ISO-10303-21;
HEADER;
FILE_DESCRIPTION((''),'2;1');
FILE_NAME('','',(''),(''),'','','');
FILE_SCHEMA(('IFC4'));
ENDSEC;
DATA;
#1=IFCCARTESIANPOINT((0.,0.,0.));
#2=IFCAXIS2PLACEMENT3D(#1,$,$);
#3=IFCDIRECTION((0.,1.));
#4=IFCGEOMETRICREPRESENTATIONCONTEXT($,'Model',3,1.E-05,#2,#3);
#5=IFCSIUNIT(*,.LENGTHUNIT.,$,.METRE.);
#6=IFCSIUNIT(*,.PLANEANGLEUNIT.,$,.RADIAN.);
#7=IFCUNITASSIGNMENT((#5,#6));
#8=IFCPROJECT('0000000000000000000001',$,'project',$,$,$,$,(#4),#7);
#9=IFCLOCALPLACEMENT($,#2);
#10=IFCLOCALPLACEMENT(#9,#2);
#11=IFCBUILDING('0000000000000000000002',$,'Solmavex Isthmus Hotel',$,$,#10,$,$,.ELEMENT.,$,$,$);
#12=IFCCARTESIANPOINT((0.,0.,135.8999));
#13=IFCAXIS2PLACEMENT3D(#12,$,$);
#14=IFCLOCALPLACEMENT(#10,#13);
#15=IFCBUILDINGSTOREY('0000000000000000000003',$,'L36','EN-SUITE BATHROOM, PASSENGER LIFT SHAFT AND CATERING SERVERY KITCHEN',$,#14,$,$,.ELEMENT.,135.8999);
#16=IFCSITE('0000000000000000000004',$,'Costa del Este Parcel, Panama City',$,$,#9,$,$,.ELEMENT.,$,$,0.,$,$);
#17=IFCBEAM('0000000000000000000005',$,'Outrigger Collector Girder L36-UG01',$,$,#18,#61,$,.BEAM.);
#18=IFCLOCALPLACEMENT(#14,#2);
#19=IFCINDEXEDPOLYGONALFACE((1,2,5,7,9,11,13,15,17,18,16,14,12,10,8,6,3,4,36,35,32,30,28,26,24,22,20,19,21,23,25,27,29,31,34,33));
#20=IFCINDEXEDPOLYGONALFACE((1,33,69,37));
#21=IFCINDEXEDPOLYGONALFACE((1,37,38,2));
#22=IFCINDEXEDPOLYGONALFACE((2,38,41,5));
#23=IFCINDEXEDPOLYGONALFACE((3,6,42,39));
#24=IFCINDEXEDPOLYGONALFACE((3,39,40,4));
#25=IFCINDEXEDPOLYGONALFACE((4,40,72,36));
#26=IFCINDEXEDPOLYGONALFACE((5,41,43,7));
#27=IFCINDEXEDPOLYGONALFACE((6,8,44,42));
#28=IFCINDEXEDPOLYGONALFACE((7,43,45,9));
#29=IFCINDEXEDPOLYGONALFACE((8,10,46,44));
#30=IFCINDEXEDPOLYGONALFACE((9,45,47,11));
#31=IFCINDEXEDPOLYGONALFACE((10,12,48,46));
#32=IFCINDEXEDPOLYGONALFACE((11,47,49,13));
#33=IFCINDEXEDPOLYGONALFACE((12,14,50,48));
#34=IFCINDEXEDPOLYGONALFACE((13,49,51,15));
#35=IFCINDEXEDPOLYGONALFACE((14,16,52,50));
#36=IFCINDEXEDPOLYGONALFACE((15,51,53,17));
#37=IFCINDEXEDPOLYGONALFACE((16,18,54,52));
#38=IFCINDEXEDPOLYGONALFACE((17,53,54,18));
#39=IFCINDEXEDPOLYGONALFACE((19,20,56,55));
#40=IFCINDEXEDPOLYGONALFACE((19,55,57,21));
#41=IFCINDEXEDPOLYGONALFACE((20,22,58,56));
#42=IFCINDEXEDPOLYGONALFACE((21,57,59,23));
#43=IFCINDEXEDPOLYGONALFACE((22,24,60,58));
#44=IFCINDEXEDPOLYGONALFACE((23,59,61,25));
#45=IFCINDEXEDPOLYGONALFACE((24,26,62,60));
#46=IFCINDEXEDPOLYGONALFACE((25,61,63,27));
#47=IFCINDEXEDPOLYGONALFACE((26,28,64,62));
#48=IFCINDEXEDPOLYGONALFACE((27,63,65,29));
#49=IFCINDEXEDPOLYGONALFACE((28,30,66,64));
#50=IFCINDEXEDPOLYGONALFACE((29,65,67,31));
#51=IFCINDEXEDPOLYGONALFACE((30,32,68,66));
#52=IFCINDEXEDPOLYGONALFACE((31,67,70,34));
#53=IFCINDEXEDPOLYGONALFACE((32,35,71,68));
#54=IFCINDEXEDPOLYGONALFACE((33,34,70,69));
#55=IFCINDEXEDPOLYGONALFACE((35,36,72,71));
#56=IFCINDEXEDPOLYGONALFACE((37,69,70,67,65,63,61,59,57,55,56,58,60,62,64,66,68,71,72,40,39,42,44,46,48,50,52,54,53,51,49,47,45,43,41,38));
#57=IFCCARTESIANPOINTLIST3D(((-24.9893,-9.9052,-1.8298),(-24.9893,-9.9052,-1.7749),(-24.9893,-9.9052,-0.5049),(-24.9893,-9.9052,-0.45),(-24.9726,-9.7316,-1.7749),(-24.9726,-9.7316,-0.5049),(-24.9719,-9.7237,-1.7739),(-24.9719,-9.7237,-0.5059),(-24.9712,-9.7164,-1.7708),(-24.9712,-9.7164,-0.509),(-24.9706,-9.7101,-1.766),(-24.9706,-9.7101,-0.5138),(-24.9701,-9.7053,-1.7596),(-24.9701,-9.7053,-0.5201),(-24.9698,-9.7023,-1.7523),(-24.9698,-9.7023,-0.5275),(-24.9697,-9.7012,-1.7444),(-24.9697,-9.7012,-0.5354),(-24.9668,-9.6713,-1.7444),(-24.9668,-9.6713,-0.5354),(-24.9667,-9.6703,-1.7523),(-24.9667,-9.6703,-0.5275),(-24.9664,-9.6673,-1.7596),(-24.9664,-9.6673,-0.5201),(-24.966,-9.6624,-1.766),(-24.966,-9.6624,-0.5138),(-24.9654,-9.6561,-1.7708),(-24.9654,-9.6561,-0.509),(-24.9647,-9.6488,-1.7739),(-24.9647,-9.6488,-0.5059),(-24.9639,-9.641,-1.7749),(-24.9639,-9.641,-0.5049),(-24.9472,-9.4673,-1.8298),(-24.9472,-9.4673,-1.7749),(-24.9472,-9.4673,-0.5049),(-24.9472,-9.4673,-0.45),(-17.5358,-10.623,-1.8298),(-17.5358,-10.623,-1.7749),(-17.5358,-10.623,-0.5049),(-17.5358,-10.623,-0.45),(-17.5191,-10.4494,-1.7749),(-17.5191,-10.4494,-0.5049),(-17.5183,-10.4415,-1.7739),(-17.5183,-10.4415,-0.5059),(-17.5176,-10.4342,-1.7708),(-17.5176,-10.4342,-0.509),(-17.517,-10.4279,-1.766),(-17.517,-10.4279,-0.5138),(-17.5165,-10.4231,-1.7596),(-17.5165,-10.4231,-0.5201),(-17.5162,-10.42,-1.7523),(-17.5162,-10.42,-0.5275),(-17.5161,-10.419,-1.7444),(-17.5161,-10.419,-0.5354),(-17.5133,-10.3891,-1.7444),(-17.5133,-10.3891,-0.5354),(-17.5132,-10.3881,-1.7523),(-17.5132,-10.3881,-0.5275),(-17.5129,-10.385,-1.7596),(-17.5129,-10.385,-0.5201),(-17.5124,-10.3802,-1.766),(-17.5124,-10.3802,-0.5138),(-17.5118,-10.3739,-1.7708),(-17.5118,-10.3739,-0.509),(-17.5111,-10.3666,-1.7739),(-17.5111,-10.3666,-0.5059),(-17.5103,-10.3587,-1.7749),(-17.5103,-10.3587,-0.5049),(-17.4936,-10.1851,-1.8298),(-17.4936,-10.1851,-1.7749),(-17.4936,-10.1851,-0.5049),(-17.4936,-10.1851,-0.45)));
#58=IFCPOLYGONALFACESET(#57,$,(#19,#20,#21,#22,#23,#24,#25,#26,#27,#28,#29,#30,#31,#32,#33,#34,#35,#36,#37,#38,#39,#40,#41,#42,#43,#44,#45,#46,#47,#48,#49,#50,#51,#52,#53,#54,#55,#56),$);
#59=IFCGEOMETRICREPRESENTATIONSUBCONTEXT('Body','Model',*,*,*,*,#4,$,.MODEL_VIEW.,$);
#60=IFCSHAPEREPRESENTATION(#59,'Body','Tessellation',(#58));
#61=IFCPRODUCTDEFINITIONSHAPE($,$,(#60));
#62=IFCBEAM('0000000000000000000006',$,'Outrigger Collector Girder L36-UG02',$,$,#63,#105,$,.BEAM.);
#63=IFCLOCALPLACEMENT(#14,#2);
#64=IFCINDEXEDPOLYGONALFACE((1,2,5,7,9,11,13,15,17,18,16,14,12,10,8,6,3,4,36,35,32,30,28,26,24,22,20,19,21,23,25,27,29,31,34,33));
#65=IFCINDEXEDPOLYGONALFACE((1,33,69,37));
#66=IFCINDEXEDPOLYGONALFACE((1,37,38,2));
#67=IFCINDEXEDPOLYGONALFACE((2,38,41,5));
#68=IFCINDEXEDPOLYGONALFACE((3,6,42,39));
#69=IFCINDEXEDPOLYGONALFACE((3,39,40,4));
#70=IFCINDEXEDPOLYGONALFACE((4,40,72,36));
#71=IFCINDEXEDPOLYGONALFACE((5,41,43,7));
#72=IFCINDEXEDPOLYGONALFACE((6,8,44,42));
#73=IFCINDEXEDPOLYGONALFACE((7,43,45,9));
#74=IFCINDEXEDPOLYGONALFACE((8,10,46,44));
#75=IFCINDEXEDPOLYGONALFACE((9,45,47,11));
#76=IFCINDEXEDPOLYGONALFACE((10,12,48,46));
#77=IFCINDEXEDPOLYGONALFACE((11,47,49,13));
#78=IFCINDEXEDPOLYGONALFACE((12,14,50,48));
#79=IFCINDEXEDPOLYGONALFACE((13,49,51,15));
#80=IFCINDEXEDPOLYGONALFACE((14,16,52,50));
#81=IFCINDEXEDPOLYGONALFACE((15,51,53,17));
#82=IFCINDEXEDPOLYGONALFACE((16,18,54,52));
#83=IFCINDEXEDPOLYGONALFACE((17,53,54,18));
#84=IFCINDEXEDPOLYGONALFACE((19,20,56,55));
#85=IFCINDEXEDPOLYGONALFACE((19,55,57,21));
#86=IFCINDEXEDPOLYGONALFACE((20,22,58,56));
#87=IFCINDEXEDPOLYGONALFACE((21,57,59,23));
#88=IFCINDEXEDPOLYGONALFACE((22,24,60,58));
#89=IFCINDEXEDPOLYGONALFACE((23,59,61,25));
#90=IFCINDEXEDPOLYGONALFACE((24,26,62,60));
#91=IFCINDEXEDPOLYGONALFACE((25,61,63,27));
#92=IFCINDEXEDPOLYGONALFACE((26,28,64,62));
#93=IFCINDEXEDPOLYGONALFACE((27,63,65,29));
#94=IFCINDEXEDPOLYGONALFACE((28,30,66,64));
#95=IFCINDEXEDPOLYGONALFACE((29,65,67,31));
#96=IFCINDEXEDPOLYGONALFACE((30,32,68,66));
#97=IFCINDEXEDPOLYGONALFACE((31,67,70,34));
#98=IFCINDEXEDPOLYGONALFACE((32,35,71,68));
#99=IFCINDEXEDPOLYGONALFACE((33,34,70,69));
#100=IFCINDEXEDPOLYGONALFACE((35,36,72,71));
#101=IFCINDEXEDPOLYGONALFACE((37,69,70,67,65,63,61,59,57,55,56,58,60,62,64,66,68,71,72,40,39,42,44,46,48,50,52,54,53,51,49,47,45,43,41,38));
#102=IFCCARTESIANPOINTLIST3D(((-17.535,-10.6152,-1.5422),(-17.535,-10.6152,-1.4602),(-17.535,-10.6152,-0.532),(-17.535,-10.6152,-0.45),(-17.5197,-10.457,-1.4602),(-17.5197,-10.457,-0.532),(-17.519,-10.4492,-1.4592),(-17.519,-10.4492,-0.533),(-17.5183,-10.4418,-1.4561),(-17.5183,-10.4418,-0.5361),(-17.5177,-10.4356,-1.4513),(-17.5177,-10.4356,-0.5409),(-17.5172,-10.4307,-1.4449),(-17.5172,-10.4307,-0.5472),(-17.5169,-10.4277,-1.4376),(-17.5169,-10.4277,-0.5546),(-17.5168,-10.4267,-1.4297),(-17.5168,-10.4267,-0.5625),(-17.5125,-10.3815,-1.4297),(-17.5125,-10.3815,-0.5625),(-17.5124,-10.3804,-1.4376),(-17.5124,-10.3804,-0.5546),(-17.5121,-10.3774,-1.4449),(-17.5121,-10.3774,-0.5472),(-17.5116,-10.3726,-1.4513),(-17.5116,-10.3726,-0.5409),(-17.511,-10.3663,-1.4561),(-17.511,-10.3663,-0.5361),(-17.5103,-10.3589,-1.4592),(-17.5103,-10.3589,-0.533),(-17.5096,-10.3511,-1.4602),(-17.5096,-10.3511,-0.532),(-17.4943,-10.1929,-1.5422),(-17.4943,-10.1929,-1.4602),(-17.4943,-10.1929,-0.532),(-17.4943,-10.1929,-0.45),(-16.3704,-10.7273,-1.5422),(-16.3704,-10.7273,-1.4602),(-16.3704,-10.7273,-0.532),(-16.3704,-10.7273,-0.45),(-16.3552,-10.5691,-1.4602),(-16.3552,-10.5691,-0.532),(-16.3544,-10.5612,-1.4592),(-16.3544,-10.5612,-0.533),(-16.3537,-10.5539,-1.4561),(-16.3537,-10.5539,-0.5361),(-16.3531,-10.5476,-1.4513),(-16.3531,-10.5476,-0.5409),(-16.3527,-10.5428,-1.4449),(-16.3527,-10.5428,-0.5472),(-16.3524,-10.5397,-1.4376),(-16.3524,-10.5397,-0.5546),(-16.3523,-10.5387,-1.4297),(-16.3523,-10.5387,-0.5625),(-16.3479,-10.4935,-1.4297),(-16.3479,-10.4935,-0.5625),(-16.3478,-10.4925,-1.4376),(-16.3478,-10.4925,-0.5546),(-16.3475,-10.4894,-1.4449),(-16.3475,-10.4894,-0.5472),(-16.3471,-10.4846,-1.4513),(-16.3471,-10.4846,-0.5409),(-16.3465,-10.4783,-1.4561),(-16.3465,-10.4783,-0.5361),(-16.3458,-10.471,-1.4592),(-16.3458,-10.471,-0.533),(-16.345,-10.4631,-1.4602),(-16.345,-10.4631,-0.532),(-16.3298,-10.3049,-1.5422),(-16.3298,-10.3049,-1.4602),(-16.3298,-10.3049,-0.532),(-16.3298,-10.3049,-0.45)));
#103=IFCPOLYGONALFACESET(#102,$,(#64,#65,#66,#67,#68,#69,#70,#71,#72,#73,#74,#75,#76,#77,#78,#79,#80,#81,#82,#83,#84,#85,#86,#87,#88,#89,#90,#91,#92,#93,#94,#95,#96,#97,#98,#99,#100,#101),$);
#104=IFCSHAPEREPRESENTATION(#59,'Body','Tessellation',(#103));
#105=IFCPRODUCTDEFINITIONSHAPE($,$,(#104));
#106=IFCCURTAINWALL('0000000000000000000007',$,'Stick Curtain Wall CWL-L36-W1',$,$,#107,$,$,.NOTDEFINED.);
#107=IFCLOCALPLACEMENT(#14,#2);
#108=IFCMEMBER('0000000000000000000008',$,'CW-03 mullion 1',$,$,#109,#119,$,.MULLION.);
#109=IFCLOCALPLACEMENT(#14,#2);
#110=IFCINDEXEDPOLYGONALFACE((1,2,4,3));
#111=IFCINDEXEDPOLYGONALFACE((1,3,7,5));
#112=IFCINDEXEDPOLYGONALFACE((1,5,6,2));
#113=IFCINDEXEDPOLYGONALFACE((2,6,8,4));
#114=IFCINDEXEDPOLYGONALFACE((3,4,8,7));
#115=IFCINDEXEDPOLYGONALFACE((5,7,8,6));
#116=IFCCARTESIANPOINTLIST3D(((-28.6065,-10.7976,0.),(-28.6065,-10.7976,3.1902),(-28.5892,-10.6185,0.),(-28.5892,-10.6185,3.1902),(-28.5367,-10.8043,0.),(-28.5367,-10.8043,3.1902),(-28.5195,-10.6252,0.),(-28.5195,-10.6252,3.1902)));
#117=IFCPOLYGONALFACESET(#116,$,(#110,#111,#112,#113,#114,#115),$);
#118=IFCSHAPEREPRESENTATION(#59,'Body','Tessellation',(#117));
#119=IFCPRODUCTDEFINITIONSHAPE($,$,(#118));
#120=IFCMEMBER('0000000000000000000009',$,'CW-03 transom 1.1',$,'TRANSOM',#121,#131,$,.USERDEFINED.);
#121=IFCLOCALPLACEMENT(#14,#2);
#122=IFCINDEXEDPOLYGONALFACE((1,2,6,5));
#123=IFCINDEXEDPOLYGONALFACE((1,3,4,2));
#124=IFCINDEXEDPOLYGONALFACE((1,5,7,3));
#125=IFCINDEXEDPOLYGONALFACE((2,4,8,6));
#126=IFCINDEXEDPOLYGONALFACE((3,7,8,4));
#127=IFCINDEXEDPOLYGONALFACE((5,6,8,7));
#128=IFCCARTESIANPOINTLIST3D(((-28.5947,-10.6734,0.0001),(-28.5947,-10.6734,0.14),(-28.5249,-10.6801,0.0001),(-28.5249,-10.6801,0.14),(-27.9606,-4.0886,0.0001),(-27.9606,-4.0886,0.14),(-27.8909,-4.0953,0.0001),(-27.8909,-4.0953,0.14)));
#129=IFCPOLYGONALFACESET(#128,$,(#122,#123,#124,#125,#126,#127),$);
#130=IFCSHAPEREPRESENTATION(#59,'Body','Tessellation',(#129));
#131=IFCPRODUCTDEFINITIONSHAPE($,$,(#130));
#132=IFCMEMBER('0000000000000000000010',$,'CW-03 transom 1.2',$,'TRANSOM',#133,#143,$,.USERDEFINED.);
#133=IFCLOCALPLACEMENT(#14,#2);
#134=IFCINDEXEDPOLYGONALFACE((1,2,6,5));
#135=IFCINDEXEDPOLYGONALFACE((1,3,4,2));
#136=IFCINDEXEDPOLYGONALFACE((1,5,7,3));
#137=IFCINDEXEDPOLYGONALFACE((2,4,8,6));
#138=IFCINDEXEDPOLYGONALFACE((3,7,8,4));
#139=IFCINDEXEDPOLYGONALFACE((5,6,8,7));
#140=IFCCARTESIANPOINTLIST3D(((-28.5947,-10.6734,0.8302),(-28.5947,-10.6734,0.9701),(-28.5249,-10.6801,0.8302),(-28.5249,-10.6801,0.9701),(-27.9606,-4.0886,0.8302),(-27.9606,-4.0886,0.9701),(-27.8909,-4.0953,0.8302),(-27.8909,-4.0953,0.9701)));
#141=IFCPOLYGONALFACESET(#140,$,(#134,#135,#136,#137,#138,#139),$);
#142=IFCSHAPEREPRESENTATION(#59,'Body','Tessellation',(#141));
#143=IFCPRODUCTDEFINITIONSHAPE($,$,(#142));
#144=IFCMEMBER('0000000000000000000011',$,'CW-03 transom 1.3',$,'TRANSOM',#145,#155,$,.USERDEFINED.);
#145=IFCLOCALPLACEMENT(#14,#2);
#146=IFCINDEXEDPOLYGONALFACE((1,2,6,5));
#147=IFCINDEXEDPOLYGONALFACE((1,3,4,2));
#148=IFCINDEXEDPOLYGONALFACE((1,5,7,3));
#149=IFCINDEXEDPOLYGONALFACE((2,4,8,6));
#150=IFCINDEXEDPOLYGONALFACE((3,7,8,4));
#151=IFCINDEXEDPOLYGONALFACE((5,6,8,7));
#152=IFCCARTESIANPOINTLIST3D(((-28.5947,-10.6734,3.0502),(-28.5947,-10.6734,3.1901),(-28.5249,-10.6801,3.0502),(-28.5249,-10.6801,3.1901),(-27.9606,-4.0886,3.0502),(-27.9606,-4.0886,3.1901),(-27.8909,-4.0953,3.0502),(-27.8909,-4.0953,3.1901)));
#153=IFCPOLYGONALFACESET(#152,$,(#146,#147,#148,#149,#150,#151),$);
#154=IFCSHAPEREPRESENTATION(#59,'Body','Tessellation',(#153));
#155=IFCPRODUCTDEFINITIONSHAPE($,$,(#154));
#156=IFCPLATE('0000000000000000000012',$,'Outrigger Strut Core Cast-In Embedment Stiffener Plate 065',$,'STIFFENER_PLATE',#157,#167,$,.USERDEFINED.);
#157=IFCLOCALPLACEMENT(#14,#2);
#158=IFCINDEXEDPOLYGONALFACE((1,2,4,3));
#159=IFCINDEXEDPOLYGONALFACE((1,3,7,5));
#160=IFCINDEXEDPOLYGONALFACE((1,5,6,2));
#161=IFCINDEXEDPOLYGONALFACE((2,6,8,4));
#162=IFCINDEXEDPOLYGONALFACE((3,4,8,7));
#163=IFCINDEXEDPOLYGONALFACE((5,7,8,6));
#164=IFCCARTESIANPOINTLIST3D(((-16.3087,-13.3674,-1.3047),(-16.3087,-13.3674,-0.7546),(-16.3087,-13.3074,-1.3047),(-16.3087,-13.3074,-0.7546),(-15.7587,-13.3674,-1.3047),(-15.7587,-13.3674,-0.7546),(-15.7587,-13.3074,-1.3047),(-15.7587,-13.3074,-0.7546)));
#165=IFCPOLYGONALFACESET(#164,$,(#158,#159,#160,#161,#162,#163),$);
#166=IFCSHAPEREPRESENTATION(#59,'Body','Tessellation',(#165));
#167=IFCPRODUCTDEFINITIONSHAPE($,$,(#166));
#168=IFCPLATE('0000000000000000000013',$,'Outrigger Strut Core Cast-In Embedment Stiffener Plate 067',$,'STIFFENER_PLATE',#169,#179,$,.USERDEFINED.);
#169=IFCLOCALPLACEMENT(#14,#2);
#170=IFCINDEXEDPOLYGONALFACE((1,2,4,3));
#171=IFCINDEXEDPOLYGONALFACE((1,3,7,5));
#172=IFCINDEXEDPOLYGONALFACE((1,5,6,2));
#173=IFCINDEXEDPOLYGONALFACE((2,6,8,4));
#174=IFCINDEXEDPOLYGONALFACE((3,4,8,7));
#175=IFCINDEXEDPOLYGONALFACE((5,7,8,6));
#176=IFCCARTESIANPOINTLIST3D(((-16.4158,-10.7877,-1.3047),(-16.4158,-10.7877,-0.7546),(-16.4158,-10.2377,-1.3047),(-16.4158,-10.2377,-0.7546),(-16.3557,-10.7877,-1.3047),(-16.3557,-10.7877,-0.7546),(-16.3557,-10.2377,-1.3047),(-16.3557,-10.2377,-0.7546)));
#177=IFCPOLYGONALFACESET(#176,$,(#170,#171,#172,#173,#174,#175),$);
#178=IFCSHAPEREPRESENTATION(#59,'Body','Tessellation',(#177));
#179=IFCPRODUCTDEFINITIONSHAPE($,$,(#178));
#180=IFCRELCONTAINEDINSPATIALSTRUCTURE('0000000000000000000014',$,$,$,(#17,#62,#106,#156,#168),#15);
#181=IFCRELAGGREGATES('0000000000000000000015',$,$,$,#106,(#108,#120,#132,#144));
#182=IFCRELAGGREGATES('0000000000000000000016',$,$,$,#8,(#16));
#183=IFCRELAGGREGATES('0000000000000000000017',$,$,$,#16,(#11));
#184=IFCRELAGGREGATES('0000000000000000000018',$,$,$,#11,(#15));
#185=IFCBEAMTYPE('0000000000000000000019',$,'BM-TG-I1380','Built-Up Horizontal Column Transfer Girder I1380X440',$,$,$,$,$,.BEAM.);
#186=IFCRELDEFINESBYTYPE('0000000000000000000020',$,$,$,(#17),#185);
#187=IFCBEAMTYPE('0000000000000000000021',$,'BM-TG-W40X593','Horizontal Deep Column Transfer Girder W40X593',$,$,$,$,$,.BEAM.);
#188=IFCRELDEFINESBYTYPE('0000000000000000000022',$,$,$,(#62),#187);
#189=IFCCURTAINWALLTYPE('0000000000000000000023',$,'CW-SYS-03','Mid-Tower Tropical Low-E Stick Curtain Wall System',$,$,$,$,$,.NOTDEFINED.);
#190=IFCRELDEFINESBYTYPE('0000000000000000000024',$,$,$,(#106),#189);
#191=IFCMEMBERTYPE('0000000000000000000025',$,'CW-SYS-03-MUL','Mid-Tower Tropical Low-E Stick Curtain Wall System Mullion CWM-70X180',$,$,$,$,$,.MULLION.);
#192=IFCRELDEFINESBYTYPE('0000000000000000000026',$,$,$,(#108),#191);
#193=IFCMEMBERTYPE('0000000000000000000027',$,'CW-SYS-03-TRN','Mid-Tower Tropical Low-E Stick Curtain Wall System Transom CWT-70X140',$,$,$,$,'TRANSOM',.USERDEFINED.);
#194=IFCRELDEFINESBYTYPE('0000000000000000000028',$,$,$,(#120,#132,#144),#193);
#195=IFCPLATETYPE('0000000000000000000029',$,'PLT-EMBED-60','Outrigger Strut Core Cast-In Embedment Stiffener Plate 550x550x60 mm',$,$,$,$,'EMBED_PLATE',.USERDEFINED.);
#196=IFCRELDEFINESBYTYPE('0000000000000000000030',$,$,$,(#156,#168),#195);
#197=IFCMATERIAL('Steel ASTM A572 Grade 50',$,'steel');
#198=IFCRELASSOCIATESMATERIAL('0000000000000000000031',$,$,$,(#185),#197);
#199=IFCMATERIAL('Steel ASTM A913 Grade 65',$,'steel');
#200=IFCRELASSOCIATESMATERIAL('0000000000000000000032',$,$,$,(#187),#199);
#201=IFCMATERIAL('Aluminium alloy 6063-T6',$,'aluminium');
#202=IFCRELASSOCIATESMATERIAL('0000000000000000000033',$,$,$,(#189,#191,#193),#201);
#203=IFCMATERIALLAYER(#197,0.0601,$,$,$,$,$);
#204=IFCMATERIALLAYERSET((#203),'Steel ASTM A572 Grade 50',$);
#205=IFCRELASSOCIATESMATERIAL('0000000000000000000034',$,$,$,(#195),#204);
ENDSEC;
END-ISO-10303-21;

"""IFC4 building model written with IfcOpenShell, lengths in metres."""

from ifc_helpers import new_model, si_unit, direction, frame, origin, origin_2d, place, context, subcontext, project, spatial, rectangle, i_section, extrude, material, layer, layer_set, material_profile, profile_set, type_object, element, aggregate, save


model = new_model("IFC4")

# Units and contexts
model_context = context("Model", 3, precision=1e-05, world=origin(), true_north=direction((0.0, 1.0)))
body_context = subcontext(model_context, "Body", "Model", "MODEL_VIEW")
ifc_project = project(units=[si_unit("LENGTHUNIT", "METRE"), si_unit("PLANEANGLEUNIT", "RADIAN")], contexts=[model_context])

# Site, building, storey
site_placement = place(None, origin())
site = spatial("IfcSite", under=ifc_project, at=site_placement, Name="Costa del Este Parcel, Panama City", CompositionType="ELEMENT", RefElevation=0.0)
building_placement = place(site_placement, origin())
building = spatial("IfcBuilding", under=site, at=building_placement, Name="Solmavex Isthmus Hotel", CompositionType="ELEMENT")
storey_placement = place(building_placement, frame((0.0, 0.0, 135.8999)))
storey = spatial("IfcBuildingStorey", under=building, at=storey_placement, Name="L36", Description="EN-SUITE BATHROOM, PASSENGER LIFT SHAFT AND CATERING SERVERY KITCHEN", CompositionType="ELEMENT", Elevation=135.8999)

# Shared definitions
ifc_material_1 = material(Name="Steel ASTM A913 Grade 65", Category="steel")

# Beams
ifc_material_2 = material(Name="Steel ASTM A572 Grade 50", Category="steel")
ifc_material_profile_1 = material_profile(ifc_material_2, i_section(OverallWidth=0.4399, OverallDepth=1.3799, WebThickness=0.03, FlangeThickness=0.0549, FilletRadius=0.0305, at=origin_2d()), Name="I1380X440")
ifc_profile_set_1 = profile_set([ifc_material_profile_1], Name="Steel ASTM A572 Grade 50")
beam_type_1 = type_object("IfcBeamType", Name="BM-TG-I1380", Description="Built-Up Horizontal Column Transfer Girder I1380X440", PredefinedType="BEAM", material=ifc_profile_set_1)
beam_1_placement = place(storey_placement, frame((-24.9683, -9.6863, -1.1399), z_axis=(0.995395, -0.095855, 0.0), x_axis=(0.095855, 0.995395, 0.0)))
element("IfcBeam", 1, at=beam_1_placement, inside=storey, type_object=beam_type_1, Name="Outrigger Collector Girder L36-UG01", PredefinedType="BEAM", context=body_context, shape_type="SweptSolid", body=[
    extrude(i_section(OverallWidth=0.4399, OverallDepth=1.3799, WebThickness=0.03, FlangeThickness=0.0549, FilletRadius=0.0305, at=origin_2d()), origin(), (0.0, 0.0, 1.0), 7.488),
])
ifc_material_profile_2 = material_profile(ifc_material_1, i_section(OverallWidth=0.4243, OverallDepth=1.0923, WebThickness=0.0454, FlangeThickness=0.082, FilletRadius=0.0305, at=origin_2d()), Name="W40X593")
ifc_profile_set_2 = profile_set([ifc_material_profile_2], Name="Steel ASTM A913 Grade 65")
beam_type_2 = type_object("IfcBeamType", Name="BM-TG-W40X593", Description="Horizontal Deep Column Transfer Girder W40X593", PredefinedType="BEAM", material=ifc_profile_set_2)
beam_2_placement = place(storey_placement, frame((-17.5146, -10.4041, -0.9961), z_axis=(0.995402, -0.095784, 0.0), x_axis=(0.095784, 0.995402, 0.0)))
element("IfcBeam", 2, at=beam_2_placement, inside=storey, type_object=beam_type_2, Name="Outrigger Collector Girder L36-UG02", PredefinedType="BEAM", context=body_context, shape_type="SweptSolid", body=[
    extrude(i_section(OverallWidth=0.4243, OverallDepth=1.0923, WebThickness=0.0454, FlangeThickness=0.082, FilletRadius=0.0305, at=origin_2d()), origin(), (0.0, 0.0, 1.0), 1.1699),
])

# Curtain wall, members
ifc_material_3 = material(Name="Aluminium alloy 6063-T6", Category="aluminium")
curtain_wall_type = type_object("IfcCurtainWallType", Name="CW-SYS-03", Description="Mid-Tower Tropical Low-E Stick Curtain Wall System", PredefinedType="NOTDEFINED", material=ifc_material_3)
curtain_wall_placement = place(storey_placement, origin())
curtain_wall = element("IfcCurtainWall", 3, at=curtain_wall_placement, inside=storey, type_object=curtain_wall_type, Name="Stick Curtain Wall CWL-L36-W1", PredefinedType="NOTDEFINED")
ifc_material_profile_3 = material_profile(ifc_material_3, rectangle(XDim=0.0701, YDim=0.1799, at=origin_2d()), Name="CWM-70X180")
ifc_profile_set_3 = profile_set([ifc_material_profile_3], Name="Aluminium alloy 6063-T6")
member_type_1 = type_object("IfcMemberType", Name="CW-SYS-03-MUL", Description="Mid-Tower Tropical Low-E Stick Curtain Wall System Mullion CWM-70X180", PredefinedType="MULLION", material=ifc_profile_set_3)
member_1_placement = place(storey_placement, frame((-28.563, -10.7114, 0.0), z_axis=(0.0, 0.0, 1.0), x_axis=(-0.995396, 0.095846, 0.0)))
member_1 = element("IfcMember", 4, at=member_1_placement, type_object=member_type_1, Name="CW-03 mullion 1", PredefinedType="MULLION", context=body_context, shape_type="SweptSolid", body=[
    extrude(rectangle(XDim=0.0701, YDim=0.1799, at=origin_2d()), origin(), (0.0, 0.0, 1.0), 3.1902),
])
ifc_material_profile_4 = material_profile(ifc_material_3, rectangle(XDim=0.0701, YDim=0.1399, at=origin_2d()), Name="CWT-70X140")
ifc_profile_set_4 = profile_set([ifc_material_profile_4], Name="Aluminium alloy 6063-T6")
member_type_2 = type_object("IfcMemberType", Name="CW-SYS-03-TRN", Description="Mid-Tower Tropical Low-E Stick Curtain Wall System Transom CWT-70X140", ElementType="TRANSOM", PredefinedType="USERDEFINED", material=ifc_profile_set_4)
member_2_placement = place(storey_placement, frame((-28.5598, -10.6768, 0.0701), z_axis=(0.095845, 0.995396, 0.0), x_axis=(-0.995396, 0.095845, 0.0)))
member_2 = element("IfcMember", 5, at=member_2_placement, type_object=member_type_2, Name="CW-03 transom 1.1", ObjectType="TRANSOM", PredefinedType="USERDEFINED", context=body_context, shape_type="SweptSolid", body=[
    extrude(rectangle(XDim=0.0701, YDim=0.1399, at=origin_2d()), origin(), (0.0, 0.0, 1.0), 6.6152),
])
member_3_placement = place(storey_placement, frame((-28.5598, -10.6768, 0.9001), z_axis=(0.095845, 0.995396, 0.0), x_axis=(-0.995396, 0.095845, 0.0)))
member_3 = element("IfcMember", 6, at=member_3_placement, type_object=member_type_2, Name="CW-03 transom 1.2", ObjectType="TRANSOM", PredefinedType="USERDEFINED", context=body_context, shape_type="SweptSolid", body=[
    extrude(rectangle(XDim=0.0701, YDim=0.1399, at=origin_2d()), origin(), (0.0, 0.0, 1.0), 6.6152),
])
member_4_placement = place(storey_placement, frame((-28.5598, -10.6768, 3.1201), z_axis=(0.095845, 0.995396, 0.0), x_axis=(-0.995396, 0.095845, 0.0)))
member_4 = element("IfcMember", 7, at=member_4_placement, type_object=member_type_2, Name="CW-03 transom 1.3", ObjectType="TRANSOM", PredefinedType="USERDEFINED", context=body_context, shape_type="SweptSolid", body=[
    extrude(rectangle(XDim=0.0701, YDim=0.1399, at=origin_2d()), origin(), (0.0, 0.0, 1.0), 6.6152),
])
aggregate(curtain_wall, [member_1, member_2, member_3, member_4])

# Plates
ifc_layer_1 = layer(ifc_material_2, 0.0601)
ifc_layer_set_1 = layer_set([ifc_layer_1], Name="Steel ASTM A572 Grade 50")
plate_type = type_object("IfcPlateType", Name="PLT-EMBED-60", Description="Outrigger Strut Core Cast-In Embedment Stiffener Plate 550x550x60 mm", ElementType="EMBED_PLATE", PredefinedType="USERDEFINED", material=ifc_layer_set_1)
for number, where, z_axis, x_axis, name in (
    (8, (-16.0337, -13.3374, -1.3047), (0.0, 0.0, 1.0), (1.0, 0.0, 0.0), "Outrigger Strut Core Cast-In Embedment Stiffener Plate 065"),
    (9, (-16.3857, -10.5127, -1.3047), (0.0, 0.0, 1.0), (0.0, 1.0, 0.0), "Outrigger Strut Core Cast-In Embedment Stiffener Plate 067"),
):
    element("IfcPlate", number, at=place(storey_placement, frame(where, z_axis=z_axis, x_axis=x_axis)), inside=storey, type_object=plate_type, Name=name, ObjectType="STIFFENER_PLATE", PredefinedType="USERDEFINED", context=body_context, shape_type="SweptSolid", body=[
        extrude(rectangle(XDim=0.55, YDim=0.0601, at=origin_2d()), origin(), (0.0, 0.0, 1.0), 0.55),
    ])

save(model, "model.ifc")
